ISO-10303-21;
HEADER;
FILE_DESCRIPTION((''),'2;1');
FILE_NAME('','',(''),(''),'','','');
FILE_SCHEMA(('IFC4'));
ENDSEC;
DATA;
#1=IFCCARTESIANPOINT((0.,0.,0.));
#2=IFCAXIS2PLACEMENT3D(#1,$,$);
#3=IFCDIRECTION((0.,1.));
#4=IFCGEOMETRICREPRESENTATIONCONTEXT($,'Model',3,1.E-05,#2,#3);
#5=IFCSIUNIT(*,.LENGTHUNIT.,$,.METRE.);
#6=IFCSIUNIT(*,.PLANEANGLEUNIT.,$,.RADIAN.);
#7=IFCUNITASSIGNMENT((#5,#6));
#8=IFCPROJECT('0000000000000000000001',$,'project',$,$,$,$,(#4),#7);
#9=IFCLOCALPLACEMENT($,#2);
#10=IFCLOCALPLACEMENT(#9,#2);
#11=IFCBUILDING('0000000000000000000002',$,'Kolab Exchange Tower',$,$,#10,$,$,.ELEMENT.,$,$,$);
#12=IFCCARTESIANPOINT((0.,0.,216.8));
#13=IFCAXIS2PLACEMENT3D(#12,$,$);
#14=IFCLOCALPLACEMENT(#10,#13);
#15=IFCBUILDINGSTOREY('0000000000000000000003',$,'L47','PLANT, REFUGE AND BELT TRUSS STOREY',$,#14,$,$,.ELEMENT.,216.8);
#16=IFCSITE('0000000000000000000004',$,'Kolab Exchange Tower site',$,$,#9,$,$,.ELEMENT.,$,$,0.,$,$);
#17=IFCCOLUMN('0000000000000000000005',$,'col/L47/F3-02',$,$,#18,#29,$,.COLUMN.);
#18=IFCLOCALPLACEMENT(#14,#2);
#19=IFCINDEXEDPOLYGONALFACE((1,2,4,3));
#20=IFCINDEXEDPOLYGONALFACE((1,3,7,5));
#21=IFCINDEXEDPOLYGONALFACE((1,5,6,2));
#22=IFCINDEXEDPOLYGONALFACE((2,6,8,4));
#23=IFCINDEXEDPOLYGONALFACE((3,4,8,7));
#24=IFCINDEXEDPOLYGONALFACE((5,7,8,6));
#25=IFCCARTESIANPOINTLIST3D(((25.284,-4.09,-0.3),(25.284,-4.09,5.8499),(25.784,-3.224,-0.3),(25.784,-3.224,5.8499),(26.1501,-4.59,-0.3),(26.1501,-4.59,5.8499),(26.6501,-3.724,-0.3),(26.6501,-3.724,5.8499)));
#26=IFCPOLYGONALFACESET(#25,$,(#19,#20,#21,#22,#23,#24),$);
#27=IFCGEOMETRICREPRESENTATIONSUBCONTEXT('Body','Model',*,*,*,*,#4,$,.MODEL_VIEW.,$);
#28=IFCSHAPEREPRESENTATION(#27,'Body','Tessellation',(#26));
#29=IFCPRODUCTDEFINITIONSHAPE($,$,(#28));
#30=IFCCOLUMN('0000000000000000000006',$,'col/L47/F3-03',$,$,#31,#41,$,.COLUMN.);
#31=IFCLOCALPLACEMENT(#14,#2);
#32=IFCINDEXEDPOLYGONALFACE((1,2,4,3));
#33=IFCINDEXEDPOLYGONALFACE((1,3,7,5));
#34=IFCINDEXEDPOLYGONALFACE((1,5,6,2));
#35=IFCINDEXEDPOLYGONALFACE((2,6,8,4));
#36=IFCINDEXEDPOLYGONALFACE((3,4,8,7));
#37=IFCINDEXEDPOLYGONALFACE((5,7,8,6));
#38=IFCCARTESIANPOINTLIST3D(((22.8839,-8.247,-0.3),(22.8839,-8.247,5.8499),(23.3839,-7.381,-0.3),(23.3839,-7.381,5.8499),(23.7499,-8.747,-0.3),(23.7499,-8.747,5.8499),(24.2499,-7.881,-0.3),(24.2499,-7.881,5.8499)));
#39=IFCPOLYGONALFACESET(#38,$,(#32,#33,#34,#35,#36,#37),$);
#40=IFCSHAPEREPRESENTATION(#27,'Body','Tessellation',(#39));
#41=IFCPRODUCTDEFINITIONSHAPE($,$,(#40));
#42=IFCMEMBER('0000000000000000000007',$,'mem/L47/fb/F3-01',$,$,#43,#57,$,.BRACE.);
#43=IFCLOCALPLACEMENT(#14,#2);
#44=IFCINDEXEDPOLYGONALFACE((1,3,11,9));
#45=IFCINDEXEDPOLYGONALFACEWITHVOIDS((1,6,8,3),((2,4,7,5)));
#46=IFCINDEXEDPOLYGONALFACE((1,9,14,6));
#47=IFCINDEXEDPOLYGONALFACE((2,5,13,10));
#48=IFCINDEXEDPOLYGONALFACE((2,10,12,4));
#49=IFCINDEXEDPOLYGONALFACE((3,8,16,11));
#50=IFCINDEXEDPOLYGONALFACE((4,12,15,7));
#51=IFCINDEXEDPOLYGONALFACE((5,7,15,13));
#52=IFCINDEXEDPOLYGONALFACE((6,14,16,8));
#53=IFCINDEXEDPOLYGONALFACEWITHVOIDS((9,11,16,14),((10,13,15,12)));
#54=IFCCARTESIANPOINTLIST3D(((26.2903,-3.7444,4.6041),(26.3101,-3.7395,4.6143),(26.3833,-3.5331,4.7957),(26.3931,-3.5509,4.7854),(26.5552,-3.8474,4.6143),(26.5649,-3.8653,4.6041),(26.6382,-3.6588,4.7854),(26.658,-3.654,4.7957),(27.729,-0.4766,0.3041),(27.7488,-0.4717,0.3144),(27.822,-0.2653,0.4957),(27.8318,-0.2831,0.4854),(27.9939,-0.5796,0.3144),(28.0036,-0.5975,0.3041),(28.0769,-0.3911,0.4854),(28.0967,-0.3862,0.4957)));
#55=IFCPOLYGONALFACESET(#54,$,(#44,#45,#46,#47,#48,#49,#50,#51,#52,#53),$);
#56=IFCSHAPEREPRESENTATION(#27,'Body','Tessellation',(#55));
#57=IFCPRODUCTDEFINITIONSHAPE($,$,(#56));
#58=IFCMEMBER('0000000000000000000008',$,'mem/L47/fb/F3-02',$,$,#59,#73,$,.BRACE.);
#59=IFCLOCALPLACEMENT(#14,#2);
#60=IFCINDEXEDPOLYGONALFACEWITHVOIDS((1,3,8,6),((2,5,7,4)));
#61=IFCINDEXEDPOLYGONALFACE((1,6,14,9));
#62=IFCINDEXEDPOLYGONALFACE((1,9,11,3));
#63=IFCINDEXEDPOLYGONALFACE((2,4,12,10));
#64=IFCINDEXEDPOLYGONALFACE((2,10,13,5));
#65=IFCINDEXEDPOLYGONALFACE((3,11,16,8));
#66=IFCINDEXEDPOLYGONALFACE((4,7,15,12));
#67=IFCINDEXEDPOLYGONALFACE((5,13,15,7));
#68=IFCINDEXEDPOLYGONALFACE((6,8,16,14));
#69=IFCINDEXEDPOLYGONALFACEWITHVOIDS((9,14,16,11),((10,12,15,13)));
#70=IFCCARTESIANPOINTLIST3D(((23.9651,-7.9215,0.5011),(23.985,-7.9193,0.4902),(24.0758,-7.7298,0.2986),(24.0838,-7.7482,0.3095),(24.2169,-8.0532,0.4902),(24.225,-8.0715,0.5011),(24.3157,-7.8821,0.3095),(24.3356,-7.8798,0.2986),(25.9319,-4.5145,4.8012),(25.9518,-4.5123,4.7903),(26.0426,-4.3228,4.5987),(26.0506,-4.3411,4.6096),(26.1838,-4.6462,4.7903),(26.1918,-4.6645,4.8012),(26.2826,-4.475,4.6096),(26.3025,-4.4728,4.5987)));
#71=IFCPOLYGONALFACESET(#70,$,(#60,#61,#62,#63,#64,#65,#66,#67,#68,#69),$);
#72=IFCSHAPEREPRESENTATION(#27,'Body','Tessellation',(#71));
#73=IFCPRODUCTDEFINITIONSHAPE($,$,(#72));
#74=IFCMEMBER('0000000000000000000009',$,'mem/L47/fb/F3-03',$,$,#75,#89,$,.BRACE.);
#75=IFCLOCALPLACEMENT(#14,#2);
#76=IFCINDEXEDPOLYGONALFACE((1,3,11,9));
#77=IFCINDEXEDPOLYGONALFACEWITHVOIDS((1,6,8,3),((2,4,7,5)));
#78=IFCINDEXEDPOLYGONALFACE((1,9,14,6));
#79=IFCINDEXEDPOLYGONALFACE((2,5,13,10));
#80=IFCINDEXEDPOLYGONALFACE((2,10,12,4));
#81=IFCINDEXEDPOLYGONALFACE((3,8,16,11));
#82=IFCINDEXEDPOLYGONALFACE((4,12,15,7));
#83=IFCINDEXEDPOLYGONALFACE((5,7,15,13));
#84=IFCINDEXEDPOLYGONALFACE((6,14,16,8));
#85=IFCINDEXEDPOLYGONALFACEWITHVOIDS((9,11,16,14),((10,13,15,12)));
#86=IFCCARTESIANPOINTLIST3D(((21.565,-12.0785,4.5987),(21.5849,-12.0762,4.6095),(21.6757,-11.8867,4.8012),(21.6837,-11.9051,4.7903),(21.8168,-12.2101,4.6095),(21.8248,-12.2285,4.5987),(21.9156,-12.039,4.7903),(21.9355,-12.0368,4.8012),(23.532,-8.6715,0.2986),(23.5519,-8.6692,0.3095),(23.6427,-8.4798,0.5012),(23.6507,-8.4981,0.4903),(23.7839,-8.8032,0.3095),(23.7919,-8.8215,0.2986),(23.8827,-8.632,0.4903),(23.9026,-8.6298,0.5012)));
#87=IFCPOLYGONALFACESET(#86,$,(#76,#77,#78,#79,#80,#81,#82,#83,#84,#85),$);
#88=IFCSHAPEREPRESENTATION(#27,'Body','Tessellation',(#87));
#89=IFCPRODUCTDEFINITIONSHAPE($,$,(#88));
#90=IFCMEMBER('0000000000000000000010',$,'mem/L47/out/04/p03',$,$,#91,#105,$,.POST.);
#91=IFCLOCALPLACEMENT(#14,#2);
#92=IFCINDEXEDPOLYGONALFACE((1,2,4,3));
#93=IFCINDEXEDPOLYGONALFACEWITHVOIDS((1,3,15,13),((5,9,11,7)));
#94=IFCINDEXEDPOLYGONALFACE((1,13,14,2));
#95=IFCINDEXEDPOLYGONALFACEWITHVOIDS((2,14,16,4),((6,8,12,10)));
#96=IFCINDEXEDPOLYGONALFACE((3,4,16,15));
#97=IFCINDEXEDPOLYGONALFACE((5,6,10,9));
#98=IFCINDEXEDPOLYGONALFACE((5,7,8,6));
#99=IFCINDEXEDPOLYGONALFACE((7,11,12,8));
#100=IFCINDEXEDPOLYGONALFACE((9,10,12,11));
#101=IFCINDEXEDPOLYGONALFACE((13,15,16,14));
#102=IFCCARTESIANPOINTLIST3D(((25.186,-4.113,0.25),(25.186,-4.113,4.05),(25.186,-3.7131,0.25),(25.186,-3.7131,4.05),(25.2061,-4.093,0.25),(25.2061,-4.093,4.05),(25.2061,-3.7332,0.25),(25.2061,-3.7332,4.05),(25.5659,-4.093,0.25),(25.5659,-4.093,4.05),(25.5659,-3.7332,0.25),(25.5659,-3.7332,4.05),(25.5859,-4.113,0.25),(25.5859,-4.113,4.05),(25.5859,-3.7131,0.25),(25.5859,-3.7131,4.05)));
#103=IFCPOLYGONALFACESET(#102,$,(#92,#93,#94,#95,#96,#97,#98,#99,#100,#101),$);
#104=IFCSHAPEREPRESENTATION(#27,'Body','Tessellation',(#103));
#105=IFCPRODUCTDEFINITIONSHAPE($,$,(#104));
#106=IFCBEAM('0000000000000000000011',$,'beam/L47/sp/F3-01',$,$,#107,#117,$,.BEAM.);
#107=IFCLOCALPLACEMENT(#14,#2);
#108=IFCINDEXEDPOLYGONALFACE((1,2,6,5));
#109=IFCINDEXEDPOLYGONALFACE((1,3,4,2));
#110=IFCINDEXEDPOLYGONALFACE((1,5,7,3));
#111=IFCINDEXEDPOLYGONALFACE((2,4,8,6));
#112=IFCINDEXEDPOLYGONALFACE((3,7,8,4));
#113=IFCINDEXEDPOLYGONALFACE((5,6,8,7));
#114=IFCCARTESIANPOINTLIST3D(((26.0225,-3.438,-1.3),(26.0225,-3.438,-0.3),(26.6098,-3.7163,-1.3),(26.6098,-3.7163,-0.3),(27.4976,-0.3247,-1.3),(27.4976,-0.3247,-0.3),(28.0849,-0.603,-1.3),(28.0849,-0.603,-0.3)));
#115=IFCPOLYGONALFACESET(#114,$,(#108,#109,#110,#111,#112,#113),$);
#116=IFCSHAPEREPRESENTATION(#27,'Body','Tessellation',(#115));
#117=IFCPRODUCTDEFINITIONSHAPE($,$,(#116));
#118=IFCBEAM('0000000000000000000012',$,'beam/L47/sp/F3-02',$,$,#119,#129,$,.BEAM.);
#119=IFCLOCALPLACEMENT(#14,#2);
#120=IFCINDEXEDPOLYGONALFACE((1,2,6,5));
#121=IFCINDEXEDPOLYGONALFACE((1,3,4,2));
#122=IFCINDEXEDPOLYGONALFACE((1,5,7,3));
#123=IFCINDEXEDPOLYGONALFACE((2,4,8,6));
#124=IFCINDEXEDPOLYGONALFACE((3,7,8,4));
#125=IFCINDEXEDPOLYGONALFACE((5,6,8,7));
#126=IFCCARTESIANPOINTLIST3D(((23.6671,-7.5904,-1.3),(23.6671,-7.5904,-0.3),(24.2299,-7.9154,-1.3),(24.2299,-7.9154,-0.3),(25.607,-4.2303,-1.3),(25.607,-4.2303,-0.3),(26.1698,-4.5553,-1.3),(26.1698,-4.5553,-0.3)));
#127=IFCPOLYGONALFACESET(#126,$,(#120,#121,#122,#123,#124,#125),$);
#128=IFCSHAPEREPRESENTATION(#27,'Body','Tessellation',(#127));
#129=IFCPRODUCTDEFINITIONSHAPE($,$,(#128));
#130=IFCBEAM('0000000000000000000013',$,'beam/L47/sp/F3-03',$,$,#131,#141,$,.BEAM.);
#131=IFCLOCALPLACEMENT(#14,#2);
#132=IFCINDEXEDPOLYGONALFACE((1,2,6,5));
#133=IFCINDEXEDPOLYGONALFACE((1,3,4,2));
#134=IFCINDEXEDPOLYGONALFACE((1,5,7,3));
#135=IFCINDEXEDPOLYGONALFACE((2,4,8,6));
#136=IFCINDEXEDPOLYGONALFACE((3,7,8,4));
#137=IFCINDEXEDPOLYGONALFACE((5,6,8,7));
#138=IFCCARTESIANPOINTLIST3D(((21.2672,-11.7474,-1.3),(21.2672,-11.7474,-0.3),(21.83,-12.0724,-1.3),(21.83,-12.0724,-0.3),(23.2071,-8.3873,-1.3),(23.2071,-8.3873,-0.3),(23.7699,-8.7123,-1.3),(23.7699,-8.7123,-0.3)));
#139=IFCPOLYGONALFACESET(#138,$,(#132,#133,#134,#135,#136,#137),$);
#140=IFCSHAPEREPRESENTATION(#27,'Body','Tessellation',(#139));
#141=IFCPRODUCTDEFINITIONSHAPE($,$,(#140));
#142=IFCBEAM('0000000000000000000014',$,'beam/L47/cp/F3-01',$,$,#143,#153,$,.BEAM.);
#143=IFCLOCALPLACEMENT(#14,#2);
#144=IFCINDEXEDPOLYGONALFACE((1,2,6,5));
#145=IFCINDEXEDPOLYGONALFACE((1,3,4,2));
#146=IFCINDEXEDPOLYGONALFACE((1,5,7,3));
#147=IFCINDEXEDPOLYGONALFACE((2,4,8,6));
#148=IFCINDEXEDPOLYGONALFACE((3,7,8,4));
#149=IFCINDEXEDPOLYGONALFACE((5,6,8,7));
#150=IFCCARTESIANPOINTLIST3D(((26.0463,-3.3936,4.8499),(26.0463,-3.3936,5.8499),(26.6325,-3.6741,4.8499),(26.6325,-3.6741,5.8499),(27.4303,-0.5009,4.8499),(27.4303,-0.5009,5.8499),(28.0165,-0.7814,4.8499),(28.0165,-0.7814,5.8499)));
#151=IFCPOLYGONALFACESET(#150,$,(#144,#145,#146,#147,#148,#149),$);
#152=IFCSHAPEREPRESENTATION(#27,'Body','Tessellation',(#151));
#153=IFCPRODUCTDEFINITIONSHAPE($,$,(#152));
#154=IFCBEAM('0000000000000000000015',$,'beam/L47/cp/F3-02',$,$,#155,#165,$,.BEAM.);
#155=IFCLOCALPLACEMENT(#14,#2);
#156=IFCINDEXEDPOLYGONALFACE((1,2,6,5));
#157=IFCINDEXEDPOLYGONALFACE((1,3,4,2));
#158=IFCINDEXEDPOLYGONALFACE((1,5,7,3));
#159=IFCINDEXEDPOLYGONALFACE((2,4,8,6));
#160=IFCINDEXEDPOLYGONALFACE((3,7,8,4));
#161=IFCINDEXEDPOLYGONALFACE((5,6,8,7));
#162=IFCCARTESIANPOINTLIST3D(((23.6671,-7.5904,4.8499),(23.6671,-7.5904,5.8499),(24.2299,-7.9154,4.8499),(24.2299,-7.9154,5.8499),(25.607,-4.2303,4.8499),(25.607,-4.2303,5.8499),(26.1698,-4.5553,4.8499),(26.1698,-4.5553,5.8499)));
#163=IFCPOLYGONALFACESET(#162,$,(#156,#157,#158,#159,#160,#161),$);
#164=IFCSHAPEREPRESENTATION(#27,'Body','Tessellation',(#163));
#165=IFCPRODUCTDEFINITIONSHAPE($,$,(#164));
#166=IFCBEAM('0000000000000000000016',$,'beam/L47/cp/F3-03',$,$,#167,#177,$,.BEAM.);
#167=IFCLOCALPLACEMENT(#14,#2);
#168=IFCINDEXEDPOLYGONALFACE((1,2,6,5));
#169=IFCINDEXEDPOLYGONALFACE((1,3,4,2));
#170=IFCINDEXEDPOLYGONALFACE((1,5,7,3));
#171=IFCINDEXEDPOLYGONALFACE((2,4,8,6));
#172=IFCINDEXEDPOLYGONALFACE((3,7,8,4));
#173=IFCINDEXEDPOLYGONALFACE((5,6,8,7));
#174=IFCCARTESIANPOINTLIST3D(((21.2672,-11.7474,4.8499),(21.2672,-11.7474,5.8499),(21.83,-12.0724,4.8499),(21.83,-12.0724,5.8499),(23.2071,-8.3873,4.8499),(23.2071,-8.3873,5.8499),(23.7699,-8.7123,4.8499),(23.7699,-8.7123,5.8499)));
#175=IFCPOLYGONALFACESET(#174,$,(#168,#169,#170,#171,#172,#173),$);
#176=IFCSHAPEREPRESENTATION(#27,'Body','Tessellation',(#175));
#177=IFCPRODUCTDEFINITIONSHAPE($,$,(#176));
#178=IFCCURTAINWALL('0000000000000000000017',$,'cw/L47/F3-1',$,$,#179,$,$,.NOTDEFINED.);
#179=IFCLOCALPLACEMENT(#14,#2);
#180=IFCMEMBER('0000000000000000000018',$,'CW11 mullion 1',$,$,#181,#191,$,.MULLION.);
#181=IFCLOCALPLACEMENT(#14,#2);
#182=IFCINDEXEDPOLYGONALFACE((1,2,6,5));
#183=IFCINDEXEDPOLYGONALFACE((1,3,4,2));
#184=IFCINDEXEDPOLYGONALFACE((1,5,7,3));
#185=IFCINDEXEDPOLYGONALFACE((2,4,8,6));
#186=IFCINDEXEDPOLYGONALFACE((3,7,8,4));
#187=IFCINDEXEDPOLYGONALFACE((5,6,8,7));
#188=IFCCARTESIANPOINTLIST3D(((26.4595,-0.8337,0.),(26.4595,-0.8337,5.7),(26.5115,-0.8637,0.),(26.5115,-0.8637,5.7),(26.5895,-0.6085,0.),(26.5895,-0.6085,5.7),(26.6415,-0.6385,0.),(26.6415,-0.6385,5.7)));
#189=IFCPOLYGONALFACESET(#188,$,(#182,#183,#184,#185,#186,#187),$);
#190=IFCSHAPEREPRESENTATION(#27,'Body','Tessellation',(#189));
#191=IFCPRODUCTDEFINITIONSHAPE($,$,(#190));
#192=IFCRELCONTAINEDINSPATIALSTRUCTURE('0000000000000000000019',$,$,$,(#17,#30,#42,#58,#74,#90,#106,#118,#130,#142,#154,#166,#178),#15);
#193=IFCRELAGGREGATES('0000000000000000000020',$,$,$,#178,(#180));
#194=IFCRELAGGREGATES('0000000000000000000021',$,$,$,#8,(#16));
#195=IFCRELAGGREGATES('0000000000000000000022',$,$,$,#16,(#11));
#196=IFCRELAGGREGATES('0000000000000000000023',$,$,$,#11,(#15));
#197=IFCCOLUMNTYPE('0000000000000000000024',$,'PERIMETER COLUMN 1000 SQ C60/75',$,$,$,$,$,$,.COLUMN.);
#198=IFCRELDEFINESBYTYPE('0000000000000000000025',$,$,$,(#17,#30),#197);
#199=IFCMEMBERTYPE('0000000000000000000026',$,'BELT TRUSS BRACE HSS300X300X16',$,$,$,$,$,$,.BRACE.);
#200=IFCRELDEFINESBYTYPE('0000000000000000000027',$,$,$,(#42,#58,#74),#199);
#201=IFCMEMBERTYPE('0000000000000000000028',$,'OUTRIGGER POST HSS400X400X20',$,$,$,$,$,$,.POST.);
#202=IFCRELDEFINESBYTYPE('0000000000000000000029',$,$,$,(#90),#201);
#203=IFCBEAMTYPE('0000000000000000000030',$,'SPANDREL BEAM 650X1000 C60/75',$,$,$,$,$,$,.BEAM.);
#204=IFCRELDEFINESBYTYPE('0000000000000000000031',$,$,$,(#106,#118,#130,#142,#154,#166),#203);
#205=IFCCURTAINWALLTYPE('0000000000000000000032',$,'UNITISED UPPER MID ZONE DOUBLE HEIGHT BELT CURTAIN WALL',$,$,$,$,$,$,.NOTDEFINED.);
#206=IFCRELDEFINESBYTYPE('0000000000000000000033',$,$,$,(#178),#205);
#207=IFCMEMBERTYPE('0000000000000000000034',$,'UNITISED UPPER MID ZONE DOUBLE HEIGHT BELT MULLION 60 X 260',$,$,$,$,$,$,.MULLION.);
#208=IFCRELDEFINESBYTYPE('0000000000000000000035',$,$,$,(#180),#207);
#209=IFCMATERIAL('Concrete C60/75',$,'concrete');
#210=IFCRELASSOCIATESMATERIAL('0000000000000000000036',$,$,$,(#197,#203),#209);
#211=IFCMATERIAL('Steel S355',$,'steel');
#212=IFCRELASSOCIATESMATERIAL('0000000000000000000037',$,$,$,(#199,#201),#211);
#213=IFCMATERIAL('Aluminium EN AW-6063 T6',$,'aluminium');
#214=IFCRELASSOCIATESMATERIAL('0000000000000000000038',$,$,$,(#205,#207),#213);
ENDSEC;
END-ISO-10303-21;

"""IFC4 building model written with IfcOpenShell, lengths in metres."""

from ifc_helpers import new_model, si_unit, direction, frame, origin, origin_2d, place, context, subcontext, project, spatial, rectangle, hollow_rectangle, extrude, material, material_profile, profile_set, type_object, element, aggregate, save


model = new_model("IFC4")

# Units and contexts
model_context = context("Model", 3, precision=1e-05, world=origin(), true_north=direction((0.0, 1.0)))
body_context = subcontext(model_context, "Body", "Model", "MODEL_VIEW")
ifc_project = project(units=[si_unit("LENGTHUNIT", "METRE"), si_unit("PLANEANGLEUNIT", "RADIAN")], contexts=[model_context])

# Site, building, storey
site_placement = place(None, origin())
site = spatial("IfcSite", under=ifc_project, at=site_placement, Name="Kolab Exchange Tower site", CompositionType="ELEMENT", RefElevation=0.0)
building_placement = place(site_placement, origin())
building = spatial("IfcBuilding", under=site, at=building_placement, Name="Kolab Exchange Tower", CompositionType="ELEMENT")
storey_placement = place(building_placement, frame((0.0, 0.0, 216.8)))
storey = spatial("IfcBuildingStorey", under=building, at=storey_placement, Name="L47", Description="PLANT, REFUGE AND BELT TRUSS STOREY", CompositionType="ELEMENT", Elevation=216.8)

# Columns
ifc_material_1 = material(Name="Concrete C60/75", Category="concrete")
ifc_material_profile_1 = material_profile(ifc_material_1, rectangle(XDim=1.0, YDim=1.0, at=origin_2d()), Name="RC1000")
ifc_profile_set_1 = profile_set([ifc_material_profile_1], Name="Concrete C60/75")
column_type = type_object("IfcColumnType", Name="PERIMETER COLUMN 1000 SQ C60/75", PredefinedType="COLUMN", material=ifc_profile_set_1)
for number, where, z_axis, x_axis, name in (
    (1, (25.967, -3.907, -0.3), (0.0, 0.0, 1.0), (0.5, 0.866025, 0.0), "col/L47/F3-02"),
    (2, (23.5669, -8.064, -0.3), (0.0, 0.0, 1.0), (0.5, 0.866025, 0.0), "col/L47/F3-03"),
):
    element("IfcColumn", number, at=place(storey_placement, frame(where, z_axis=z_axis, x_axis=x_axis)), inside=storey, type_object=column_type, Name=name, PredefinedType="COLUMN", context=body_context, shape_type="SweptSolid", body=[
        extrude(rectangle(XDim=1.0, YDim=1.0, at=origin_2d()), origin(), (0.0, 0.0, 1.0), 6.1499),
    ])

# Members
ifc_material_2 = material(Name="Steel S355", Category="steel")
ifc_material_profile_2 = material_profile(ifc_material_2, hollow_rectangle(XDim=0.3, YDim=0.3, WallThickness=0.0161, at=origin_2d()), Name="HSS300X300X16")
ifc_profile_set_2 = profile_set([ifc_material_profile_2], Name="Steel S355")
member_type_1 = type_object("IfcMemberType", Name="BELT TRUSS BRACE HSS300X300X16", PredefinedType="BRACE", material=ifc_profile_set_2)
member_1_placement = place(storey_placement, frame((27.9128, -0.4314, 0.3999), z_axis=(-0.257411, -0.584669, 0.769352), x_axis=(0.915224, -0.402945, 0.0)))
element("IfcMember", 3, at=member_1_placement, inside=storey, type_object=member_type_1, Name="mem/L47/fb/F3-01", PredefinedType="BRACE", context=body_context, shape_type="SweptSolid", body=[
    extrude(hollow_rectangle(XDim=0.3, YDim=0.3, WallThickness=0.0161, at=origin_2d()), origin(), (0.0, 0.0, 1.0), 5.5891),
])
for number, where, z_axis, x_axis, name in (
    (4, (26.1172, -4.4937, 4.7), (-0.33747, -0.584583, -0.737819), (0.86605, -0.499957, 0.0), "mem/L47/fb/F3-02"),
    (5, (23.7173, -8.6506, 0.3999), (-0.337508, -0.584575, 0.737808), (0.866023, -0.500004, 0.0), "mem/L47/fb/F3-03"),
):
    element("IfcMember", number, at=place(storey_placement, frame(where, z_axis=z_axis, x_axis=x_axis)), inside=storey, type_object=member_type_1, Name=name, PredefinedType="BRACE", context=body_context, shape_type="SweptSolid", body=[
        extrude(hollow_rectangle(XDim=0.3, YDim=0.3, WallThickness=0.0161, at=origin_2d()), origin(), (0.0, 0.0, 1.0), 5.8281),
    ])
ifc_material_profile_3 = material_profile(ifc_material_2, hollow_rectangle(XDim=0.3999, YDim=0.3999, WallThickness=0.02, at=origin_2d()), Name="HSS400X400X20")
ifc_profile_set_3 = profile_set([ifc_material_profile_3], Name="Steel S355")
member_type_2 = type_object("IfcMemberType", Name="OUTRIGGER POST HSS400X400X20", PredefinedType="POST", material=ifc_profile_set_3)
member_2_placement = place(storey_placement, frame((25.386, -3.9131, 0.25), z_axis=(0.0, 0.0, 1.0), x_axis=(1.0, 0.0, 0.0)))
element("IfcMember", 6, at=member_2_placement, inside=storey, type_object=member_type_2, Name="mem/L47/out/04/p03", PredefinedType="POST", context=body_context, shape_type="SweptSolid", body=[
    extrude(hollow_rectangle(XDim=0.3999, YDim=0.3999, WallThickness=0.02, at=origin_2d()), origin(), (0.0, 0.0, 1.0), 3.8),
])

# Beams
ifc_material_profile_4 = material_profile(ifc_material_1, rectangle(XDim=0.6499, YDim=1.0, at=origin_2d()), Name="RC650X1000")
ifc_profile_set_4 = profile_set([ifc_material_profile_4], Name="Concrete C60/75")
beam_type = type_object("IfcBeamType", Name="SPANDREL BEAM 650X1000 C60/75", PredefinedType="BEAM", material=ifc_profile_set_4)
beam_1_placement = place(storey_placement, frame((27.7913, -0.4639, -0.8), z_axis=(-0.428178, -0.903695, 0.0), x_axis=(0.903695, -0.428178, 0.0)))
element("IfcBeam", 7, at=beam_1_placement, inside=storey, type_object=beam_type, Name="beam/L47/sp/F3-01", PredefinedType="BEAM", context=body_context, shape_type="SweptSolid", body=[
    extrude(rectangle(XDim=0.6499, YDim=1.0, at=origin_2d()), origin(), (0.0, 0.0, 1.0), 3.4451),
])
for number, where, z_axis, x_axis, name in (
    (8, (25.8884, -4.3928, -0.8), (-0.499997, -0.866027, 0.0), (0.866027, -0.499997, 0.0), "beam/L47/sp/F3-02"),
    (9, (23.4885, -8.5498, -0.8), (-0.499997, -0.866027, 0.0), (0.866027, -0.499997, 0.0), "beam/L47/sp/F3-03"),
):
    element("IfcBeam", number, at=place(storey_placement, frame(where, z_axis=z_axis, x_axis=x_axis)), inside=storey, type_object=beam_type, Name=name, PredefinedType="BEAM", context=body_context, shape_type="SweptSolid", body=[
        extrude(rectangle(XDim=0.6499, YDim=1.0, at=origin_2d()), origin(), (0.0, 0.0, 1.0), 3.8799),
    ])
beam_2_placement = place(storey_placement, frame((27.7234, -0.6411, 5.3499), z_axis=(-0.431585, -0.902072, 0.0), x_axis=(0.902072, -0.431585, 0.0)))
element("IfcBeam", 10, at=beam_2_placement, inside=storey, type_object=beam_type, Name="beam/L47/cp/F3-01", PredefinedType="BEAM", context=body_context, shape_type="SweptSolid", body=[
    extrude(rectangle(XDim=0.6499, YDim=1.0, at=origin_2d()), origin(), (0.0, 0.0, 1.0), 3.2068),
])
for number, where, z_axis, x_axis, name in (
    (11, (25.8884, -4.3928, 5.3499), (-0.499997, -0.866027, 0.0), (0.866027, -0.499997, 0.0), "beam/L47/cp/F3-02"),
    (12, (23.4885, -8.5498, 5.3499), (-0.499997, -0.866027, 0.0), (0.866027, -0.499997, 0.0), "beam/L47/cp/F3-03"),
):
    element("IfcBeam", number, at=place(storey_placement, frame(where, z_axis=z_axis, x_axis=x_axis)), inside=storey, type_object=beam_type, Name=name, PredefinedType="BEAM", context=body_context, shape_type="SweptSolid", body=[
        extrude(rectangle(XDim=0.6499, YDim=1.0, at=origin_2d()), origin(), (0.0, 0.0, 1.0), 3.8799),
    ])

# Curtain wall, member
ifc_material_3 = material(Name="Aluminium EN AW-6063 T6", Category="aluminium")
curtain_wall_type = type_object("IfcCurtainWallType", Name="UNITISED UPPER MID ZONE DOUBLE HEIGHT BELT CURTAIN WALL", PredefinedType="NOTDEFINED", material=ifc_material_3)
curtain_wall_1_placement = place(storey_placement, origin())
curtain_wall_1 = element("IfcCurtainWall", 13, at=curtain_wall_1_placement, inside=storey, type_object=curtain_wall_type, Name="cw/L47/F3-1", PredefinedType="NOTDEFINED")
ifc_material_profile_5 = material_profile(ifc_material_3, rectangle(XDim=0.0601, YDim=0.26, at=origin_2d()), Name="RECT 60X260")
ifc_profile_set_5 = profile_set([ifc_material_profile_5], Name="Aluminium EN AW-6063 T6")
member_type_3 = type_object("IfcMemberType", Name="UNITISED UPPER MID ZONE DOUBLE HEIGHT BELT MULLION 60 X 260", PredefinedType="MULLION", material=ifc_profile_set_5)
member_3_placement = place(storey_placement, frame((26.5505, -0.7361, 0.0), z_axis=(0.0, 0.0, 1.0), x_axis=(0.866025, -0.5, 0.0)))
member_3 = element("IfcMember", 14, at=member_3_placement, type_object=member_type_3, Name="CW11 mullion 1", PredefinedType="MULLION", context=body_context, shape_type="SweptSolid", body=[
    extrude(rectangle(XDim=0.0601, YDim=0.26, at=origin_2d()), origin(), (0.0, 0.0, 1.0), 5.7),
])

aggregate(curtain_wall_1, [member_3])

save(model, "model.ifc")
